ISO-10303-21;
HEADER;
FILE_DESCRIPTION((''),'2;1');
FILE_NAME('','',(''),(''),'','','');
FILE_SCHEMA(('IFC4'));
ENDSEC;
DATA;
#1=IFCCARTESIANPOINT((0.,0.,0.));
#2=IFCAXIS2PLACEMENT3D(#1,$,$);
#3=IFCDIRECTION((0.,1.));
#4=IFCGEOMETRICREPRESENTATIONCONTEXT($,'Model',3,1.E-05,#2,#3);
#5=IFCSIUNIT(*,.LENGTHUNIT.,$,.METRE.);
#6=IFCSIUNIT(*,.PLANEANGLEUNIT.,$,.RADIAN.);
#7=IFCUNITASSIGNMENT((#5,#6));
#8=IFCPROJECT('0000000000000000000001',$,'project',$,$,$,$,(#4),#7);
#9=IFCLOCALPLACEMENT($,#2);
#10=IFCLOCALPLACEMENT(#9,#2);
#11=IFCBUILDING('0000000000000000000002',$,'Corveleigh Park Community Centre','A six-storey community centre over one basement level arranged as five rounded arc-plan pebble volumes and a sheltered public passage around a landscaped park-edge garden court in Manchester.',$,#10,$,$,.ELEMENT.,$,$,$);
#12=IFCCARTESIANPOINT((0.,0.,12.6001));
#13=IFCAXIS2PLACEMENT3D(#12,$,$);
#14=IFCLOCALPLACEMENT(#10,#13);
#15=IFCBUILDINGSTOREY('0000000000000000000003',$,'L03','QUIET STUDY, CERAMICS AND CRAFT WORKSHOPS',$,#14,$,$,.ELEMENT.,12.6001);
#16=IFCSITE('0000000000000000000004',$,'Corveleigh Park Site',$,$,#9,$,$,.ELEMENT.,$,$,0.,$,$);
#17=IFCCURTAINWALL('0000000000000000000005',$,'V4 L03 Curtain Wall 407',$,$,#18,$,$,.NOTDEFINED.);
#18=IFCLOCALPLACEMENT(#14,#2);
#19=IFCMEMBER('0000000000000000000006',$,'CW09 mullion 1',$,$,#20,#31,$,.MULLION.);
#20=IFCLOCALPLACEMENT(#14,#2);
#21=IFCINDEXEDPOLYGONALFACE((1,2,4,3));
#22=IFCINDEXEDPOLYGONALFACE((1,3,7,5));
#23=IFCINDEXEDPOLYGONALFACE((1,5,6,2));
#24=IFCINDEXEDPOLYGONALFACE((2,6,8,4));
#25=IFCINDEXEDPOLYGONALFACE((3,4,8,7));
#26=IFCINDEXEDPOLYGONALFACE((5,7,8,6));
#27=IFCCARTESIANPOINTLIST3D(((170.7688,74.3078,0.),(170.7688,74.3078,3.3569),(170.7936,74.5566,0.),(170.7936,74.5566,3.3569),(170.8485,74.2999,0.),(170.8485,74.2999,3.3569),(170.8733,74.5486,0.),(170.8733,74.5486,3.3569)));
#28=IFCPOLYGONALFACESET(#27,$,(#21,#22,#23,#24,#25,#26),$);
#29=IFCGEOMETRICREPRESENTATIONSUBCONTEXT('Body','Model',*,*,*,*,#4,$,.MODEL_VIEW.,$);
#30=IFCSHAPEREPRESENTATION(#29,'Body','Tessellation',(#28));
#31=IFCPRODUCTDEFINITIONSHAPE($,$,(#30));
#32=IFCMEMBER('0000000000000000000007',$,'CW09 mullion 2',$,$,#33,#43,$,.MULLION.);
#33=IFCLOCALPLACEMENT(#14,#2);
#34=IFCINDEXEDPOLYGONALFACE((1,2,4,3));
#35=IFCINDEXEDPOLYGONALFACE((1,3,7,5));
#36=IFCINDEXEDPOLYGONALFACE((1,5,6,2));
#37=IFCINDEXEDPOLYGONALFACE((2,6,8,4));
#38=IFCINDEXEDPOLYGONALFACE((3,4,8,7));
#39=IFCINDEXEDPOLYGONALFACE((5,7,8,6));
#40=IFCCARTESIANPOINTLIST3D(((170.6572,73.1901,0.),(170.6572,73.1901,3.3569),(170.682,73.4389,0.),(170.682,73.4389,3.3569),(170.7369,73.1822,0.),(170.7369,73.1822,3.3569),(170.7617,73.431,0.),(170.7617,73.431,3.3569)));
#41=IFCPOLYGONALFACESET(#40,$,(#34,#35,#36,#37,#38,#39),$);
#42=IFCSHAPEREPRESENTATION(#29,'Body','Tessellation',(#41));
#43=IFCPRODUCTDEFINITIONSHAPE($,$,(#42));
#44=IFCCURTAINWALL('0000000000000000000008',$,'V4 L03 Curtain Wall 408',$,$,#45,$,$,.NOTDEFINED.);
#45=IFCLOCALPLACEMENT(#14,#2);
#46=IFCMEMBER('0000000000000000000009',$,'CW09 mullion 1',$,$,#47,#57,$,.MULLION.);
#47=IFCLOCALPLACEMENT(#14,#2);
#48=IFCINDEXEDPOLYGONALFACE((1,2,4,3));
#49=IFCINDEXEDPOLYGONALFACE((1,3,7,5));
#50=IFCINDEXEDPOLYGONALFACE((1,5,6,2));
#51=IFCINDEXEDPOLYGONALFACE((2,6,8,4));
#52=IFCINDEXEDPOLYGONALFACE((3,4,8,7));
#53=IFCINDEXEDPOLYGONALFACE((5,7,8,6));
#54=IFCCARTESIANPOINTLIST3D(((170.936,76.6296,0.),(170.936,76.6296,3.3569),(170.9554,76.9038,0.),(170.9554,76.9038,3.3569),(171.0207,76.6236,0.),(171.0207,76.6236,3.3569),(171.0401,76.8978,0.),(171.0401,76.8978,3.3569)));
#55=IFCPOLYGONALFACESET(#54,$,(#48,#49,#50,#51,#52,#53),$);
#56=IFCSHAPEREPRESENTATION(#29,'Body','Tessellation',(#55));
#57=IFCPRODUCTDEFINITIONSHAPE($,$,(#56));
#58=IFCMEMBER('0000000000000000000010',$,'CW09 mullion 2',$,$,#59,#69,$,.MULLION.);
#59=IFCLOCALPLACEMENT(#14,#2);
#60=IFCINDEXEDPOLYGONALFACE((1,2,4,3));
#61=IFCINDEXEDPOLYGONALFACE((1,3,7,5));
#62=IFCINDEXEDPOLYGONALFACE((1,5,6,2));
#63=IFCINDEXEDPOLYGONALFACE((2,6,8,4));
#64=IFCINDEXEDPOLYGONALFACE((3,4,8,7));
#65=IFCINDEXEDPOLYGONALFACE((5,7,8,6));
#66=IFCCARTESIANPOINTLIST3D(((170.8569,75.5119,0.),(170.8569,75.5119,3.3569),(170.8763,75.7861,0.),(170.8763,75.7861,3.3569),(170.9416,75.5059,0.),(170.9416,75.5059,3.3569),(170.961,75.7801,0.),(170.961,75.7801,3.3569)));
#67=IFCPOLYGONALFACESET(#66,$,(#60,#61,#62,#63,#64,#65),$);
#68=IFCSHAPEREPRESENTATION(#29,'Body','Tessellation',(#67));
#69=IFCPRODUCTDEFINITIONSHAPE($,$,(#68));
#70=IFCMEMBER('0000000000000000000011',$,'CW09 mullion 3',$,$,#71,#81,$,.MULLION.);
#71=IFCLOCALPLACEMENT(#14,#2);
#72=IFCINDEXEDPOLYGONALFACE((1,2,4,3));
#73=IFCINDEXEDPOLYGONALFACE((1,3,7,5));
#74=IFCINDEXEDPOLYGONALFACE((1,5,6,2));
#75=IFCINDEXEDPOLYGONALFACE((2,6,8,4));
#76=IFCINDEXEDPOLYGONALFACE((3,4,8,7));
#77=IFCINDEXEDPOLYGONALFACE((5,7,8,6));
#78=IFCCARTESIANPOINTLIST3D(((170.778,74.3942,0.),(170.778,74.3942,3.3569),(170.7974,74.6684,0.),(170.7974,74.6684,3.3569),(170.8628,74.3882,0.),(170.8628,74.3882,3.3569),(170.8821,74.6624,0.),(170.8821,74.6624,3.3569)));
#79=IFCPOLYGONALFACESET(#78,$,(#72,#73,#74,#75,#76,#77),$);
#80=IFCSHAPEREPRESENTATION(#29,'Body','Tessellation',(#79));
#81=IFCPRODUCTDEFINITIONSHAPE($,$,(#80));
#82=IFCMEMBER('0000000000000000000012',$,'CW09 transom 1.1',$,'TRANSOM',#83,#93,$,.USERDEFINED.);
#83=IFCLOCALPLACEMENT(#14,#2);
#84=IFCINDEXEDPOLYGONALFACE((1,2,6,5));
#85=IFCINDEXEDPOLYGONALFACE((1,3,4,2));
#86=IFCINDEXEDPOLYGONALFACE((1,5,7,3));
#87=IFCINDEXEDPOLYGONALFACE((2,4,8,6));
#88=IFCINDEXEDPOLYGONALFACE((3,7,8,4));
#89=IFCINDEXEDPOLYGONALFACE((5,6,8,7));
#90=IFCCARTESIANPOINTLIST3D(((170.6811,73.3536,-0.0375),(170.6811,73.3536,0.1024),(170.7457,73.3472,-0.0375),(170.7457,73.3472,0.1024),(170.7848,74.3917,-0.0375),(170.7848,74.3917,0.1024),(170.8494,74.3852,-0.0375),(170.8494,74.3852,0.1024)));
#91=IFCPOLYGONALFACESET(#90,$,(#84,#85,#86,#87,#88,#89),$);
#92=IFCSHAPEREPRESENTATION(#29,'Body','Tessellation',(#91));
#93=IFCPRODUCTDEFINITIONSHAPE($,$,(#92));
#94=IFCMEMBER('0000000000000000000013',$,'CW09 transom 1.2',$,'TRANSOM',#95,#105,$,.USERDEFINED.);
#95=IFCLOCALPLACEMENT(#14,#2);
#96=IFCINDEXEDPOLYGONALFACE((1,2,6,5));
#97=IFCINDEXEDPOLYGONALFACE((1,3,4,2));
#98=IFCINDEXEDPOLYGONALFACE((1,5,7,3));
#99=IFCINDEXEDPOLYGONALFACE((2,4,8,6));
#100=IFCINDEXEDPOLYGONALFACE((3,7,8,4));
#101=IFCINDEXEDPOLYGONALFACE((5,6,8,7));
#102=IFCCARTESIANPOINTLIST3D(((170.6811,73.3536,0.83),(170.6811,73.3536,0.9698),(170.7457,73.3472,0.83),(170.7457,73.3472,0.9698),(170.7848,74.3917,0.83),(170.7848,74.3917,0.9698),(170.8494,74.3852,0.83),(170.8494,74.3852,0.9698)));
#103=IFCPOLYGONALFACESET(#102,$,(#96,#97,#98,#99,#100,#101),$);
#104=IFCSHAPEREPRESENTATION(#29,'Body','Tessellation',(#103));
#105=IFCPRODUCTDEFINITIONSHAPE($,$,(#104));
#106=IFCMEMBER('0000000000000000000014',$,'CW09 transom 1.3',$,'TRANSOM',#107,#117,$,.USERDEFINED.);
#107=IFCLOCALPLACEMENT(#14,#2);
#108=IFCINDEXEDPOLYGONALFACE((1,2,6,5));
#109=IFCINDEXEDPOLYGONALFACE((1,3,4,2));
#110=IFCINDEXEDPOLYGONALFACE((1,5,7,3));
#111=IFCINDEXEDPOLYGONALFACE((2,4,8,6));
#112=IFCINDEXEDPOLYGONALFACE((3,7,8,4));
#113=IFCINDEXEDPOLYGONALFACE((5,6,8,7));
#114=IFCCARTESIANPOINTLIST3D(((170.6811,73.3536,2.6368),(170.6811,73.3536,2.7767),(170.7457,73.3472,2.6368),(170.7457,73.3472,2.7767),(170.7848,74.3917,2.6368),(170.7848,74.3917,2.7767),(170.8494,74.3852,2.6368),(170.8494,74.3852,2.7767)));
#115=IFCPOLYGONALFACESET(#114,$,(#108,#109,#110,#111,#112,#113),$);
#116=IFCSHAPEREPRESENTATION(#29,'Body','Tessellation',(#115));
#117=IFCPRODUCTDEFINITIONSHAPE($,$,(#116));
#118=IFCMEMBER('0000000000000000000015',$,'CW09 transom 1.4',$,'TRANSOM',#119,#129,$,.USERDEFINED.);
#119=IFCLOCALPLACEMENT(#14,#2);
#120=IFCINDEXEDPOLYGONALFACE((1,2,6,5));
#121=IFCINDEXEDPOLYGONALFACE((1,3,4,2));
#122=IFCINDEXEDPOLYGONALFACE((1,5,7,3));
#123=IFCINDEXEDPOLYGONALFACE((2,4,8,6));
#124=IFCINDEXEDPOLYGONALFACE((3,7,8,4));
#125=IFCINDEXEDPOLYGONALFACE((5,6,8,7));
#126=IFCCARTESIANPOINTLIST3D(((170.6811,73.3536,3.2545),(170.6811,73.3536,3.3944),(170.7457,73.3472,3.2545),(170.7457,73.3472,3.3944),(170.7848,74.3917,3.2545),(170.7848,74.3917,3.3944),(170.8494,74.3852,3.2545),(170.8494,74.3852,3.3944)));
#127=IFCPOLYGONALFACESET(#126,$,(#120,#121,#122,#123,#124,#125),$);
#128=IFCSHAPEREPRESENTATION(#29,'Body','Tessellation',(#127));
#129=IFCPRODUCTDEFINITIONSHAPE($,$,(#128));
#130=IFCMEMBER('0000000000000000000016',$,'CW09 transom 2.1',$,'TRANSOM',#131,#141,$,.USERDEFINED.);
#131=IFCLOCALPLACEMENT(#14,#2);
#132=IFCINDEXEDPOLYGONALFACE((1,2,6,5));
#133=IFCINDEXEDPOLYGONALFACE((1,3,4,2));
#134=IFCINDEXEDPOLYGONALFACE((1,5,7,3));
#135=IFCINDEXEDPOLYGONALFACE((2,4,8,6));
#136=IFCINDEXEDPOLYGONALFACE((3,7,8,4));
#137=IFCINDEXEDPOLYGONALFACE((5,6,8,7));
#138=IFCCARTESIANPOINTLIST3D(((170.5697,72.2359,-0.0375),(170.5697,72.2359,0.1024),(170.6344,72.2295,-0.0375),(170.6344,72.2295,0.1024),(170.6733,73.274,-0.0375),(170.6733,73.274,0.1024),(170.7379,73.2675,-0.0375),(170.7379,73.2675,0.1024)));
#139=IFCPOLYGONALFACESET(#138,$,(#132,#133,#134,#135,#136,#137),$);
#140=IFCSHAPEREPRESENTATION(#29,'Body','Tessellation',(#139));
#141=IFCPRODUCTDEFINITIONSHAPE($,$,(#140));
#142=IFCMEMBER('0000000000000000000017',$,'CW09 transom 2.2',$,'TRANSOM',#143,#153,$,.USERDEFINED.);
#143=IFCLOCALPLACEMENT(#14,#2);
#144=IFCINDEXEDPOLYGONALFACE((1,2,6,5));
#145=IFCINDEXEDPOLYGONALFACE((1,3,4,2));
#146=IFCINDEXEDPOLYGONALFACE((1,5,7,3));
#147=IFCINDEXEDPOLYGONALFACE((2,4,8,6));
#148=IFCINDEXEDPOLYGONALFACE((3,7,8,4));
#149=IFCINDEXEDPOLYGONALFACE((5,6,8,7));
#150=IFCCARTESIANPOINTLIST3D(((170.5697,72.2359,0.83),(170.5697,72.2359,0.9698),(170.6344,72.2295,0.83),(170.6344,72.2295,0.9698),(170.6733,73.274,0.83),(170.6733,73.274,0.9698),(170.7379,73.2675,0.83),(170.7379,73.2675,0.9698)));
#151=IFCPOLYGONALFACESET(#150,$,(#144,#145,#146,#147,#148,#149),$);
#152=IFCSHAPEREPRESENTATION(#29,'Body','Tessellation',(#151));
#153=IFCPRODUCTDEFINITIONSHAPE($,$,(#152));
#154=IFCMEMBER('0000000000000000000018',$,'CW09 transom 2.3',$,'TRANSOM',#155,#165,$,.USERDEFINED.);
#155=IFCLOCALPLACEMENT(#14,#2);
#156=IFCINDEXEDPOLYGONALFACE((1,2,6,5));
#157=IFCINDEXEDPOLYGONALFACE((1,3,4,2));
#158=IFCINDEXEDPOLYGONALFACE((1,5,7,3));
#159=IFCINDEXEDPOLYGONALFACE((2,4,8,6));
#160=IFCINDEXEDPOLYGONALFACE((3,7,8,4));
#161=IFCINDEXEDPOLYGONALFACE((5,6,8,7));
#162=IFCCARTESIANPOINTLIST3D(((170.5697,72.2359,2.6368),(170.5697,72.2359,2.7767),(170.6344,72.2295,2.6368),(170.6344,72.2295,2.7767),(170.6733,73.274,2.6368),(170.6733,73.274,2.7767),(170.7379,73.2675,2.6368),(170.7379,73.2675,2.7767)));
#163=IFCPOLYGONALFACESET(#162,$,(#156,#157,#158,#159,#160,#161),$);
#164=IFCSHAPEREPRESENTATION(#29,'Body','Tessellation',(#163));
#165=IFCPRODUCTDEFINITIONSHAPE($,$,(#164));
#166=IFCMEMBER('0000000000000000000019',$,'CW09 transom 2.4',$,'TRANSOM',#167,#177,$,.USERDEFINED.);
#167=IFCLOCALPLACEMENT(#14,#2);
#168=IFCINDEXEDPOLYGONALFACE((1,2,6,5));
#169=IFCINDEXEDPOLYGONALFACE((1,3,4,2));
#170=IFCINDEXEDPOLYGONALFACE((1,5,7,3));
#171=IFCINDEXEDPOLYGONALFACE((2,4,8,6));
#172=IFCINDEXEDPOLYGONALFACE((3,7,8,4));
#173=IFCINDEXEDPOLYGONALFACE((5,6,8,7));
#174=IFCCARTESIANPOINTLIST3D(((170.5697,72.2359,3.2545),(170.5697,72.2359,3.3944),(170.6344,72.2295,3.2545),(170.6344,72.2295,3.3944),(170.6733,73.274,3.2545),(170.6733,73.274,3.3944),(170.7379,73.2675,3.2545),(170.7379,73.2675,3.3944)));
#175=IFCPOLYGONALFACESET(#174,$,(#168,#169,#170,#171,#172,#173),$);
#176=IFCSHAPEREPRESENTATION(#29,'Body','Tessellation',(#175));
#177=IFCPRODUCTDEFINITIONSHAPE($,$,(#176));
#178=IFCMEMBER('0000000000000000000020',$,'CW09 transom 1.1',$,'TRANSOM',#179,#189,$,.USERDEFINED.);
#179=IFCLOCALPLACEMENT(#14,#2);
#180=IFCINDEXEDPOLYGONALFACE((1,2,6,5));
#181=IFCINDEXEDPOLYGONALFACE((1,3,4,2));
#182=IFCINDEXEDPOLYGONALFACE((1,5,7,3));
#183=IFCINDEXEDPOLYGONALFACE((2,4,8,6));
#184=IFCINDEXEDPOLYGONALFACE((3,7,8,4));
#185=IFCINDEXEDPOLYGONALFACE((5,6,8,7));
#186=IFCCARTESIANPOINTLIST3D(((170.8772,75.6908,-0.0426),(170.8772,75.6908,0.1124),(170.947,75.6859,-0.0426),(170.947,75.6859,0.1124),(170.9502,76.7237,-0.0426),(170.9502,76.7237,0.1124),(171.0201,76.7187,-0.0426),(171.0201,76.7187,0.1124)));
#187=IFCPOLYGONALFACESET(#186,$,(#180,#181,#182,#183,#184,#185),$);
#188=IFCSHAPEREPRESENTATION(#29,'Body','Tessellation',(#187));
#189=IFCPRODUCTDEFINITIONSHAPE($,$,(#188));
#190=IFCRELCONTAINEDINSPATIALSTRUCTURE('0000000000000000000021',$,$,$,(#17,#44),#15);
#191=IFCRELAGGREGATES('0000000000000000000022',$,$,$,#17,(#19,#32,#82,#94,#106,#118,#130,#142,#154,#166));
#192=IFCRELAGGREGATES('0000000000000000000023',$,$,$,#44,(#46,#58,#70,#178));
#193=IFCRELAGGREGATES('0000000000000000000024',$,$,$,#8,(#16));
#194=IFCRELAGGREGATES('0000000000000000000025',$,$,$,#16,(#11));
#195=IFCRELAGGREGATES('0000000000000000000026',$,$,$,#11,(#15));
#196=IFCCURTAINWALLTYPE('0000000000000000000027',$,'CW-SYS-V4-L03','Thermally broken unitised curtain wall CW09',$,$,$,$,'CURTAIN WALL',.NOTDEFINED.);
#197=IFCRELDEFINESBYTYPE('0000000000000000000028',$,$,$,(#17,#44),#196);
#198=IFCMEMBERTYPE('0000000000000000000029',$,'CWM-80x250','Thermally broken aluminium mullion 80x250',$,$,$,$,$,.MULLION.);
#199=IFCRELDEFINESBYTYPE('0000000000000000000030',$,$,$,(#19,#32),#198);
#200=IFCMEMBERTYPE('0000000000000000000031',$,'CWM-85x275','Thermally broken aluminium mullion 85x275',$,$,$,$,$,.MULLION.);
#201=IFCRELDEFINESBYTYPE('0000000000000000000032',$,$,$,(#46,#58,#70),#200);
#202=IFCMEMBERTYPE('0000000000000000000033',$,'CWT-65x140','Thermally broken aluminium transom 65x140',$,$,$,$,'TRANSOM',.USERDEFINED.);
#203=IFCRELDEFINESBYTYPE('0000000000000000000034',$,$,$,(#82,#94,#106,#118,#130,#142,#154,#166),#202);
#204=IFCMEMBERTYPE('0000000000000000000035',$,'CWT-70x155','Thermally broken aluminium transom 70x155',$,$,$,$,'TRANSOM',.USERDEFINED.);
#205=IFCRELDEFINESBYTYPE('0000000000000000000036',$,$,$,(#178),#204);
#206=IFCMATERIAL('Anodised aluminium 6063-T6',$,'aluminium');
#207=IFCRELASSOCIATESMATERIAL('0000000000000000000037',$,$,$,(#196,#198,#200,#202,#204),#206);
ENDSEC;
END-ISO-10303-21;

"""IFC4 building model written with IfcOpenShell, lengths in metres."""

from ifc_helpers import new_model, si_unit, direction, frame, origin, origin_2d, place, context, subcontext, project, spatial, rectangle, extrude, material, material_profile, profile_set, type_object, element, aggregate, save


model = new_model("IFC4")

# Units and contexts
model_context = context("Model", 3, precision=1e-05, world=origin(), true_north=direction((0.0, 1.0)))
body_context = subcontext(model_context, "Body", "Model", "MODEL_VIEW")
ifc_project = project(units=[si_unit("LENGTHUNIT", "METRE"), si_unit("PLANEANGLEUNIT", "RADIAN")], contexts=[model_context])

# Site, building, storey
site_placement = place(None, origin())
site = spatial("IfcSite", under=ifc_project, at=site_placement, Name="Corveleigh Park Site", CompositionType="ELEMENT", RefElevation=0.0)
building_placement = place(site_placement, origin())
building = spatial("IfcBuilding", under=site, at=building_placement, Name="Corveleigh Park Community Centre", Description="A six-storey community centre over one basement level arranged as five rounded arc-plan pebble volumes and a sheltered public passage around a landscaped park-edge garden court in Manchester.", CompositionType="ELEMENT")
storey_placement = place(building_placement, frame((0.0, 0.0, 12.6001)))
storey = spatial("IfcBuildingStorey", under=building, at=storey_placement, Name="L03", Description="QUIET STUDY, CERAMICS AND CRAFT WORKSHOPS", CompositionType="ELEMENT", Elevation=12.6001)

# Curtain walls, members
ifc_material_1 = material(Name="Anodised aluminium 6063-T6", Category="aluminium")
curtain_wall_type = type_object("IfcCurtainWallType", Name="CW-SYS-V4-L03", Description="Thermally broken unitised curtain wall CW09", ElementType="CURTAIN WALL", PredefinedType="NOTDEFINED", material=ifc_material_1)
curtain_wall_1_placement = place(storey_placement, origin())
curtain_wall_1 = element("IfcCurtainWall", 1, at=curtain_wall_1_placement, inside=storey, type_object=curtain_wall_type, Name="V4 L03 Curtain Wall 407", PredefinedType="NOTDEFINED")
ifc_material_profile_1 = material_profile(ifc_material_1, rectangle(XDim=0.0801, YDim=0.25, at=origin_2d()), Name="ALU-M80x250", Category="aluminium")
ifc_profile_set_1 = profile_set([ifc_material_profile_1], Name="Anodised aluminium 6063-T6")
member_type_1 = type_object("IfcMemberType", Name="CWM-80x250", Description="Thermally broken aluminium mullion 80x250", PredefinedType="MULLION", material=ifc_profile_set_1)
member_1_placement = place(storey_placement, frame((170.821, 74.4282, 0.0), z_axis=(0.0, 0.0, 1.0), x_axis=(0.995058, -0.099291, 0.0)))
member_1 = element("IfcMember", 2, at=member_1_placement, type_object=member_type_1, Name="CW09 mullion 1", PredefinedType="MULLION", context=body_context, shape_type="SweptSolid", body=[
    extrude(rectangle(XDim=0.0801, YDim=0.25, at=origin_2d()), origin(), (0.0, 0.0, 1.0), 3.3569),
])
member_2_placement = place(storey_placement, frame((170.7095, 73.3105, 0.0), z_axis=(0.0, 0.0, 1.0), x_axis=(0.995058, -0.099291, 0.0)))
member_2 = element("IfcMember", 3, at=member_2_placement, type_object=member_type_1, Name="CW09 mullion 2", PredefinedType="MULLION", context=body_context, shape_type="SweptSolid", body=[
    extrude(rectangle(XDim=0.0801, YDim=0.25, at=origin_2d()), origin(), (0.0, 0.0, 1.0), 3.3569),
])
curtain_wall_2_placement = place(storey_placement, origin())
curtain_wall_2 = element("IfcCurtainWall", 4, at=curtain_wall_2_placement, inside=storey, type_object=curtain_wall_type, Name="V4 L03 Curtain Wall 408", PredefinedType="NOTDEFINED")
ifc_material_profile_2 = material_profile(ifc_material_1, rectangle(XDim=0.085, YDim=0.2749, at=origin_2d()), Name="ALU-M85x275", Category="aluminium")
ifc_profile_set_2 = profile_set([ifc_material_profile_2], Name="Anodised aluminium 6063-T6")
member_type_2 = type_object("IfcMemberType", Name="CWM-85x275", Description="Thermally broken aluminium mullion 85x275", PredefinedType="MULLION", material=ifc_profile_set_2)
member_3_placement = place(storey_placement, frame((170.988, 76.7637, 0.0), z_axis=(0.0, 0.0, 1.0), x_axis=(0.997511, -0.070514, 0.0)))
member_3 = element("IfcMember", 5, at=member_3_placement, type_object=member_type_2, Name="CW09 mullion 1", PredefinedType="MULLION", context=body_context, shape_type="SweptSolid", body=[
    extrude(rectangle(XDim=0.085, YDim=0.2749, at=origin_2d()), origin(), (0.0, 0.0, 1.0), 3.3569),
])
member_4_placement = place(storey_placement, frame((170.9089, 75.646, 0.0), z_axis=(0.0, 0.0, 1.0), x_axis=(0.997511, -0.070514, 0.0)))
member_4 = element("IfcMember", 6, at=member_4_placement, type_object=member_type_2, Name="CW09 mullion 2", PredefinedType="MULLION", context=body_context, shape_type="SweptSolid", body=[
    extrude(rectangle(XDim=0.085, YDim=0.2749, at=origin_2d()), origin(), (0.0, 0.0, 1.0), 3.3569),
])
member_5_placement = place(storey_placement, frame((170.8301, 74.5283, 0.0), z_axis=(0.0, 0.0, 1.0), x_axis=(0.997511, -0.070514, 0.0)))
member_5 = element("IfcMember", 7, at=member_5_placement, type_object=member_type_2, Name="CW09 mullion 3", PredefinedType="MULLION", context=body_context, shape_type="SweptSolid", body=[
    extrude(rectangle(XDim=0.085, YDim=0.2749, at=origin_2d()), origin(), (0.0, 0.0, 1.0), 3.3569),
])

# Members
ifc_material_profile_3 = material_profile(ifc_material_1, rectangle(XDim=0.0649, YDim=0.1399, at=origin_2d()), Name="ALU-T65x140", Category="aluminium")
ifc_profile_set_3 = profile_set([ifc_material_profile_3], Name="Anodised aluminium 6063-T6")
member_type_3 = type_object("IfcMemberType", Name="CWT-65x140", Description="Thermally broken aluminium transom 65x140", ElementType="TRANSOM", PredefinedType="USERDEFINED", material=ifc_profile_set_3)
member_6_placement = place(storey_placement, frame((170.8171, 74.3884, 0.0325), z_axis=(-0.099457, -0.995042, 0.0), x_axis=(0.995042, -0.099457, 0.0)))
member_6 = element("IfcMember", 8, at=member_6_placement, type_object=member_type_3, Name="CW09 transom 1.1", ObjectType="TRANSOM", PredefinedType="USERDEFINED", context=body_context, shape_type="SweptSolid", body=[
    extrude(rectangle(XDim=0.0649, YDim=0.1399, at=origin_2d()), origin(), (0.0, 0.0, 1.0), 1.0432),
])
member_7_placement = place(storey_placement, frame((170.8171, 74.3884, 0.8999), z_axis=(-0.099457, -0.995042, 0.0), x_axis=(0.995042, -0.099457, 0.0)))
member_7 = element("IfcMember", 9, at=member_7_placement, type_object=member_type_3, Name="CW09 transom 1.2", ObjectType="TRANSOM", PredefinedType="USERDEFINED", context=body_context, shape_type="SweptSolid", body=[
    extrude(rectangle(XDim=0.0649, YDim=0.1399, at=origin_2d()), origin(), (0.0, 0.0, 1.0), 1.0432),
])
member_8_placement = place(storey_placement, frame((170.8171, 74.3884, 2.7068), z_axis=(-0.099457, -0.995042, 0.0), x_axis=(0.995042, -0.099457, 0.0)))
member_8 = element("IfcMember", 10, at=member_8_placement, type_object=member_type_3, Name="CW09 transom 1.3", ObjectType="TRANSOM", PredefinedType="USERDEFINED", context=body_context, shape_type="SweptSolid", body=[
    extrude(rectangle(XDim=0.0649, YDim=0.1399, at=origin_2d()), origin(), (0.0, 0.0, 1.0), 1.0432),
])
member_9_placement = place(storey_placement, frame((170.8171, 74.3884, 3.3245), z_axis=(-0.099457, -0.995042, 0.0), x_axis=(0.995042, -0.099457, 0.0)))
member_9 = element("IfcMember", 11, at=member_9_placement, type_object=member_type_3, Name="CW09 transom 1.4", ObjectType="TRANSOM", PredefinedType="USERDEFINED", context=body_context, shape_type="SweptSolid", body=[
    extrude(rectangle(XDim=0.0649, YDim=0.1399, at=origin_2d()), origin(), (0.0, 0.0, 1.0), 1.0432),
])
member_10_placement = place(storey_placement, frame((170.7056, 73.2708, 0.0325), z_axis=(-0.099226, -0.995065, 0.0), x_axis=(0.995065, -0.099226, 0.0)))
member_10 = element("IfcMember", 12, at=member_10_placement, type_object=member_type_3, Name="CW09 transom 2.1", ObjectType="TRANSOM", PredefinedType="USERDEFINED", context=body_context, shape_type="SweptSolid", body=[
    extrude(rectangle(XDim=0.0649, YDim=0.1399, at=origin_2d()), origin(), (0.0, 0.0, 1.0), 1.0432),
])
member_11_placement = place(storey_placement, frame((170.7056, 73.2708, 0.8999), z_axis=(-0.099226, -0.995065, 0.0), x_axis=(0.995065, -0.099226, 0.0)))
member_11 = element("IfcMember", 13, at=member_11_placement, type_object=member_type_3, Name="CW09 transom 2.2", ObjectType="TRANSOM", PredefinedType="USERDEFINED", context=body_context, shape_type="SweptSolid", body=[
    extrude(rectangle(XDim=0.0649, YDim=0.1399, at=origin_2d()), origin(), (0.0, 0.0, 1.0), 1.0432),
])
member_12_placement = place(storey_placement, frame((170.7056, 73.2708, 2.7068), z_axis=(-0.099226, -0.995065, 0.0), x_axis=(0.995065, -0.099226, 0.0)))
member_12 = element("IfcMember", 14, at=member_12_placement, type_object=member_type_3, Name="CW09 transom 2.3", ObjectType="TRANSOM", PredefinedType="USERDEFINED", context=body_context, shape_type="SweptSolid", body=[
    extrude(rectangle(XDim=0.0649, YDim=0.1399, at=origin_2d()), origin(), (0.0, 0.0, 1.0), 1.0432),
])
member_13_placement = place(storey_placement, frame((170.7056, 73.2708, 3.3245), z_axis=(-0.099226, -0.995065, 0.0), x_axis=(0.995065, -0.099226, 0.0)))
member_13 = element("IfcMember", 15, at=member_13_placement, type_object=member_type_3, Name="CW09 transom 2.4", ObjectType="TRANSOM", PredefinedType="USERDEFINED", context=body_context, shape_type="SweptSolid", body=[
    extrude(rectangle(XDim=0.0649, YDim=0.1399, at=origin_2d()), origin(), (0.0, 0.0, 1.0), 1.0432),
])
ifc_material_profile_4 = material_profile(ifc_material_1, rectangle(XDim=0.0701, YDim=0.155, at=origin_2d()), Name="ALU-T70x155", Category="aluminium")
ifc_profile_set_4 = profile_set([ifc_material_profile_4], Name="Anodised aluminium 6063-T6")
member_type_4 = type_object("IfcMemberType", Name="CWT-70x155", Description="Thermally broken aluminium transom 70x155", ElementType="TRANSOM", PredefinedType="USERDEFINED", material=ifc_profile_set_4)
member_14_placement = place(storey_placement, frame((170.9851, 76.7212, 0.0349), z_axis=(-0.07051, -0.997511, 0.0), x_axis=(0.997511, -0.07051, 0.0)))
member_14 = element("IfcMember", 16, at=member_14_placement, type_object=member_type_4, Name="CW09 transom 1.1", ObjectType="TRANSOM", PredefinedType="USERDEFINED", context=body_context, shape_type="SweptSolid", body=[
    extrude(rectangle(XDim=0.0701, YDim=0.155, at=origin_2d()), origin(), (0.0, 0.0, 1.0), 1.0354),
])

aggregate(curtain_wall_1, [member_1, member_2, member_6, member_7, member_8, member_9, member_10, member_11, member_12, member_13])
aggregate(curtain_wall_2, [member_3, member_4, member_5, member_14])

save(model, "model.ifc")
